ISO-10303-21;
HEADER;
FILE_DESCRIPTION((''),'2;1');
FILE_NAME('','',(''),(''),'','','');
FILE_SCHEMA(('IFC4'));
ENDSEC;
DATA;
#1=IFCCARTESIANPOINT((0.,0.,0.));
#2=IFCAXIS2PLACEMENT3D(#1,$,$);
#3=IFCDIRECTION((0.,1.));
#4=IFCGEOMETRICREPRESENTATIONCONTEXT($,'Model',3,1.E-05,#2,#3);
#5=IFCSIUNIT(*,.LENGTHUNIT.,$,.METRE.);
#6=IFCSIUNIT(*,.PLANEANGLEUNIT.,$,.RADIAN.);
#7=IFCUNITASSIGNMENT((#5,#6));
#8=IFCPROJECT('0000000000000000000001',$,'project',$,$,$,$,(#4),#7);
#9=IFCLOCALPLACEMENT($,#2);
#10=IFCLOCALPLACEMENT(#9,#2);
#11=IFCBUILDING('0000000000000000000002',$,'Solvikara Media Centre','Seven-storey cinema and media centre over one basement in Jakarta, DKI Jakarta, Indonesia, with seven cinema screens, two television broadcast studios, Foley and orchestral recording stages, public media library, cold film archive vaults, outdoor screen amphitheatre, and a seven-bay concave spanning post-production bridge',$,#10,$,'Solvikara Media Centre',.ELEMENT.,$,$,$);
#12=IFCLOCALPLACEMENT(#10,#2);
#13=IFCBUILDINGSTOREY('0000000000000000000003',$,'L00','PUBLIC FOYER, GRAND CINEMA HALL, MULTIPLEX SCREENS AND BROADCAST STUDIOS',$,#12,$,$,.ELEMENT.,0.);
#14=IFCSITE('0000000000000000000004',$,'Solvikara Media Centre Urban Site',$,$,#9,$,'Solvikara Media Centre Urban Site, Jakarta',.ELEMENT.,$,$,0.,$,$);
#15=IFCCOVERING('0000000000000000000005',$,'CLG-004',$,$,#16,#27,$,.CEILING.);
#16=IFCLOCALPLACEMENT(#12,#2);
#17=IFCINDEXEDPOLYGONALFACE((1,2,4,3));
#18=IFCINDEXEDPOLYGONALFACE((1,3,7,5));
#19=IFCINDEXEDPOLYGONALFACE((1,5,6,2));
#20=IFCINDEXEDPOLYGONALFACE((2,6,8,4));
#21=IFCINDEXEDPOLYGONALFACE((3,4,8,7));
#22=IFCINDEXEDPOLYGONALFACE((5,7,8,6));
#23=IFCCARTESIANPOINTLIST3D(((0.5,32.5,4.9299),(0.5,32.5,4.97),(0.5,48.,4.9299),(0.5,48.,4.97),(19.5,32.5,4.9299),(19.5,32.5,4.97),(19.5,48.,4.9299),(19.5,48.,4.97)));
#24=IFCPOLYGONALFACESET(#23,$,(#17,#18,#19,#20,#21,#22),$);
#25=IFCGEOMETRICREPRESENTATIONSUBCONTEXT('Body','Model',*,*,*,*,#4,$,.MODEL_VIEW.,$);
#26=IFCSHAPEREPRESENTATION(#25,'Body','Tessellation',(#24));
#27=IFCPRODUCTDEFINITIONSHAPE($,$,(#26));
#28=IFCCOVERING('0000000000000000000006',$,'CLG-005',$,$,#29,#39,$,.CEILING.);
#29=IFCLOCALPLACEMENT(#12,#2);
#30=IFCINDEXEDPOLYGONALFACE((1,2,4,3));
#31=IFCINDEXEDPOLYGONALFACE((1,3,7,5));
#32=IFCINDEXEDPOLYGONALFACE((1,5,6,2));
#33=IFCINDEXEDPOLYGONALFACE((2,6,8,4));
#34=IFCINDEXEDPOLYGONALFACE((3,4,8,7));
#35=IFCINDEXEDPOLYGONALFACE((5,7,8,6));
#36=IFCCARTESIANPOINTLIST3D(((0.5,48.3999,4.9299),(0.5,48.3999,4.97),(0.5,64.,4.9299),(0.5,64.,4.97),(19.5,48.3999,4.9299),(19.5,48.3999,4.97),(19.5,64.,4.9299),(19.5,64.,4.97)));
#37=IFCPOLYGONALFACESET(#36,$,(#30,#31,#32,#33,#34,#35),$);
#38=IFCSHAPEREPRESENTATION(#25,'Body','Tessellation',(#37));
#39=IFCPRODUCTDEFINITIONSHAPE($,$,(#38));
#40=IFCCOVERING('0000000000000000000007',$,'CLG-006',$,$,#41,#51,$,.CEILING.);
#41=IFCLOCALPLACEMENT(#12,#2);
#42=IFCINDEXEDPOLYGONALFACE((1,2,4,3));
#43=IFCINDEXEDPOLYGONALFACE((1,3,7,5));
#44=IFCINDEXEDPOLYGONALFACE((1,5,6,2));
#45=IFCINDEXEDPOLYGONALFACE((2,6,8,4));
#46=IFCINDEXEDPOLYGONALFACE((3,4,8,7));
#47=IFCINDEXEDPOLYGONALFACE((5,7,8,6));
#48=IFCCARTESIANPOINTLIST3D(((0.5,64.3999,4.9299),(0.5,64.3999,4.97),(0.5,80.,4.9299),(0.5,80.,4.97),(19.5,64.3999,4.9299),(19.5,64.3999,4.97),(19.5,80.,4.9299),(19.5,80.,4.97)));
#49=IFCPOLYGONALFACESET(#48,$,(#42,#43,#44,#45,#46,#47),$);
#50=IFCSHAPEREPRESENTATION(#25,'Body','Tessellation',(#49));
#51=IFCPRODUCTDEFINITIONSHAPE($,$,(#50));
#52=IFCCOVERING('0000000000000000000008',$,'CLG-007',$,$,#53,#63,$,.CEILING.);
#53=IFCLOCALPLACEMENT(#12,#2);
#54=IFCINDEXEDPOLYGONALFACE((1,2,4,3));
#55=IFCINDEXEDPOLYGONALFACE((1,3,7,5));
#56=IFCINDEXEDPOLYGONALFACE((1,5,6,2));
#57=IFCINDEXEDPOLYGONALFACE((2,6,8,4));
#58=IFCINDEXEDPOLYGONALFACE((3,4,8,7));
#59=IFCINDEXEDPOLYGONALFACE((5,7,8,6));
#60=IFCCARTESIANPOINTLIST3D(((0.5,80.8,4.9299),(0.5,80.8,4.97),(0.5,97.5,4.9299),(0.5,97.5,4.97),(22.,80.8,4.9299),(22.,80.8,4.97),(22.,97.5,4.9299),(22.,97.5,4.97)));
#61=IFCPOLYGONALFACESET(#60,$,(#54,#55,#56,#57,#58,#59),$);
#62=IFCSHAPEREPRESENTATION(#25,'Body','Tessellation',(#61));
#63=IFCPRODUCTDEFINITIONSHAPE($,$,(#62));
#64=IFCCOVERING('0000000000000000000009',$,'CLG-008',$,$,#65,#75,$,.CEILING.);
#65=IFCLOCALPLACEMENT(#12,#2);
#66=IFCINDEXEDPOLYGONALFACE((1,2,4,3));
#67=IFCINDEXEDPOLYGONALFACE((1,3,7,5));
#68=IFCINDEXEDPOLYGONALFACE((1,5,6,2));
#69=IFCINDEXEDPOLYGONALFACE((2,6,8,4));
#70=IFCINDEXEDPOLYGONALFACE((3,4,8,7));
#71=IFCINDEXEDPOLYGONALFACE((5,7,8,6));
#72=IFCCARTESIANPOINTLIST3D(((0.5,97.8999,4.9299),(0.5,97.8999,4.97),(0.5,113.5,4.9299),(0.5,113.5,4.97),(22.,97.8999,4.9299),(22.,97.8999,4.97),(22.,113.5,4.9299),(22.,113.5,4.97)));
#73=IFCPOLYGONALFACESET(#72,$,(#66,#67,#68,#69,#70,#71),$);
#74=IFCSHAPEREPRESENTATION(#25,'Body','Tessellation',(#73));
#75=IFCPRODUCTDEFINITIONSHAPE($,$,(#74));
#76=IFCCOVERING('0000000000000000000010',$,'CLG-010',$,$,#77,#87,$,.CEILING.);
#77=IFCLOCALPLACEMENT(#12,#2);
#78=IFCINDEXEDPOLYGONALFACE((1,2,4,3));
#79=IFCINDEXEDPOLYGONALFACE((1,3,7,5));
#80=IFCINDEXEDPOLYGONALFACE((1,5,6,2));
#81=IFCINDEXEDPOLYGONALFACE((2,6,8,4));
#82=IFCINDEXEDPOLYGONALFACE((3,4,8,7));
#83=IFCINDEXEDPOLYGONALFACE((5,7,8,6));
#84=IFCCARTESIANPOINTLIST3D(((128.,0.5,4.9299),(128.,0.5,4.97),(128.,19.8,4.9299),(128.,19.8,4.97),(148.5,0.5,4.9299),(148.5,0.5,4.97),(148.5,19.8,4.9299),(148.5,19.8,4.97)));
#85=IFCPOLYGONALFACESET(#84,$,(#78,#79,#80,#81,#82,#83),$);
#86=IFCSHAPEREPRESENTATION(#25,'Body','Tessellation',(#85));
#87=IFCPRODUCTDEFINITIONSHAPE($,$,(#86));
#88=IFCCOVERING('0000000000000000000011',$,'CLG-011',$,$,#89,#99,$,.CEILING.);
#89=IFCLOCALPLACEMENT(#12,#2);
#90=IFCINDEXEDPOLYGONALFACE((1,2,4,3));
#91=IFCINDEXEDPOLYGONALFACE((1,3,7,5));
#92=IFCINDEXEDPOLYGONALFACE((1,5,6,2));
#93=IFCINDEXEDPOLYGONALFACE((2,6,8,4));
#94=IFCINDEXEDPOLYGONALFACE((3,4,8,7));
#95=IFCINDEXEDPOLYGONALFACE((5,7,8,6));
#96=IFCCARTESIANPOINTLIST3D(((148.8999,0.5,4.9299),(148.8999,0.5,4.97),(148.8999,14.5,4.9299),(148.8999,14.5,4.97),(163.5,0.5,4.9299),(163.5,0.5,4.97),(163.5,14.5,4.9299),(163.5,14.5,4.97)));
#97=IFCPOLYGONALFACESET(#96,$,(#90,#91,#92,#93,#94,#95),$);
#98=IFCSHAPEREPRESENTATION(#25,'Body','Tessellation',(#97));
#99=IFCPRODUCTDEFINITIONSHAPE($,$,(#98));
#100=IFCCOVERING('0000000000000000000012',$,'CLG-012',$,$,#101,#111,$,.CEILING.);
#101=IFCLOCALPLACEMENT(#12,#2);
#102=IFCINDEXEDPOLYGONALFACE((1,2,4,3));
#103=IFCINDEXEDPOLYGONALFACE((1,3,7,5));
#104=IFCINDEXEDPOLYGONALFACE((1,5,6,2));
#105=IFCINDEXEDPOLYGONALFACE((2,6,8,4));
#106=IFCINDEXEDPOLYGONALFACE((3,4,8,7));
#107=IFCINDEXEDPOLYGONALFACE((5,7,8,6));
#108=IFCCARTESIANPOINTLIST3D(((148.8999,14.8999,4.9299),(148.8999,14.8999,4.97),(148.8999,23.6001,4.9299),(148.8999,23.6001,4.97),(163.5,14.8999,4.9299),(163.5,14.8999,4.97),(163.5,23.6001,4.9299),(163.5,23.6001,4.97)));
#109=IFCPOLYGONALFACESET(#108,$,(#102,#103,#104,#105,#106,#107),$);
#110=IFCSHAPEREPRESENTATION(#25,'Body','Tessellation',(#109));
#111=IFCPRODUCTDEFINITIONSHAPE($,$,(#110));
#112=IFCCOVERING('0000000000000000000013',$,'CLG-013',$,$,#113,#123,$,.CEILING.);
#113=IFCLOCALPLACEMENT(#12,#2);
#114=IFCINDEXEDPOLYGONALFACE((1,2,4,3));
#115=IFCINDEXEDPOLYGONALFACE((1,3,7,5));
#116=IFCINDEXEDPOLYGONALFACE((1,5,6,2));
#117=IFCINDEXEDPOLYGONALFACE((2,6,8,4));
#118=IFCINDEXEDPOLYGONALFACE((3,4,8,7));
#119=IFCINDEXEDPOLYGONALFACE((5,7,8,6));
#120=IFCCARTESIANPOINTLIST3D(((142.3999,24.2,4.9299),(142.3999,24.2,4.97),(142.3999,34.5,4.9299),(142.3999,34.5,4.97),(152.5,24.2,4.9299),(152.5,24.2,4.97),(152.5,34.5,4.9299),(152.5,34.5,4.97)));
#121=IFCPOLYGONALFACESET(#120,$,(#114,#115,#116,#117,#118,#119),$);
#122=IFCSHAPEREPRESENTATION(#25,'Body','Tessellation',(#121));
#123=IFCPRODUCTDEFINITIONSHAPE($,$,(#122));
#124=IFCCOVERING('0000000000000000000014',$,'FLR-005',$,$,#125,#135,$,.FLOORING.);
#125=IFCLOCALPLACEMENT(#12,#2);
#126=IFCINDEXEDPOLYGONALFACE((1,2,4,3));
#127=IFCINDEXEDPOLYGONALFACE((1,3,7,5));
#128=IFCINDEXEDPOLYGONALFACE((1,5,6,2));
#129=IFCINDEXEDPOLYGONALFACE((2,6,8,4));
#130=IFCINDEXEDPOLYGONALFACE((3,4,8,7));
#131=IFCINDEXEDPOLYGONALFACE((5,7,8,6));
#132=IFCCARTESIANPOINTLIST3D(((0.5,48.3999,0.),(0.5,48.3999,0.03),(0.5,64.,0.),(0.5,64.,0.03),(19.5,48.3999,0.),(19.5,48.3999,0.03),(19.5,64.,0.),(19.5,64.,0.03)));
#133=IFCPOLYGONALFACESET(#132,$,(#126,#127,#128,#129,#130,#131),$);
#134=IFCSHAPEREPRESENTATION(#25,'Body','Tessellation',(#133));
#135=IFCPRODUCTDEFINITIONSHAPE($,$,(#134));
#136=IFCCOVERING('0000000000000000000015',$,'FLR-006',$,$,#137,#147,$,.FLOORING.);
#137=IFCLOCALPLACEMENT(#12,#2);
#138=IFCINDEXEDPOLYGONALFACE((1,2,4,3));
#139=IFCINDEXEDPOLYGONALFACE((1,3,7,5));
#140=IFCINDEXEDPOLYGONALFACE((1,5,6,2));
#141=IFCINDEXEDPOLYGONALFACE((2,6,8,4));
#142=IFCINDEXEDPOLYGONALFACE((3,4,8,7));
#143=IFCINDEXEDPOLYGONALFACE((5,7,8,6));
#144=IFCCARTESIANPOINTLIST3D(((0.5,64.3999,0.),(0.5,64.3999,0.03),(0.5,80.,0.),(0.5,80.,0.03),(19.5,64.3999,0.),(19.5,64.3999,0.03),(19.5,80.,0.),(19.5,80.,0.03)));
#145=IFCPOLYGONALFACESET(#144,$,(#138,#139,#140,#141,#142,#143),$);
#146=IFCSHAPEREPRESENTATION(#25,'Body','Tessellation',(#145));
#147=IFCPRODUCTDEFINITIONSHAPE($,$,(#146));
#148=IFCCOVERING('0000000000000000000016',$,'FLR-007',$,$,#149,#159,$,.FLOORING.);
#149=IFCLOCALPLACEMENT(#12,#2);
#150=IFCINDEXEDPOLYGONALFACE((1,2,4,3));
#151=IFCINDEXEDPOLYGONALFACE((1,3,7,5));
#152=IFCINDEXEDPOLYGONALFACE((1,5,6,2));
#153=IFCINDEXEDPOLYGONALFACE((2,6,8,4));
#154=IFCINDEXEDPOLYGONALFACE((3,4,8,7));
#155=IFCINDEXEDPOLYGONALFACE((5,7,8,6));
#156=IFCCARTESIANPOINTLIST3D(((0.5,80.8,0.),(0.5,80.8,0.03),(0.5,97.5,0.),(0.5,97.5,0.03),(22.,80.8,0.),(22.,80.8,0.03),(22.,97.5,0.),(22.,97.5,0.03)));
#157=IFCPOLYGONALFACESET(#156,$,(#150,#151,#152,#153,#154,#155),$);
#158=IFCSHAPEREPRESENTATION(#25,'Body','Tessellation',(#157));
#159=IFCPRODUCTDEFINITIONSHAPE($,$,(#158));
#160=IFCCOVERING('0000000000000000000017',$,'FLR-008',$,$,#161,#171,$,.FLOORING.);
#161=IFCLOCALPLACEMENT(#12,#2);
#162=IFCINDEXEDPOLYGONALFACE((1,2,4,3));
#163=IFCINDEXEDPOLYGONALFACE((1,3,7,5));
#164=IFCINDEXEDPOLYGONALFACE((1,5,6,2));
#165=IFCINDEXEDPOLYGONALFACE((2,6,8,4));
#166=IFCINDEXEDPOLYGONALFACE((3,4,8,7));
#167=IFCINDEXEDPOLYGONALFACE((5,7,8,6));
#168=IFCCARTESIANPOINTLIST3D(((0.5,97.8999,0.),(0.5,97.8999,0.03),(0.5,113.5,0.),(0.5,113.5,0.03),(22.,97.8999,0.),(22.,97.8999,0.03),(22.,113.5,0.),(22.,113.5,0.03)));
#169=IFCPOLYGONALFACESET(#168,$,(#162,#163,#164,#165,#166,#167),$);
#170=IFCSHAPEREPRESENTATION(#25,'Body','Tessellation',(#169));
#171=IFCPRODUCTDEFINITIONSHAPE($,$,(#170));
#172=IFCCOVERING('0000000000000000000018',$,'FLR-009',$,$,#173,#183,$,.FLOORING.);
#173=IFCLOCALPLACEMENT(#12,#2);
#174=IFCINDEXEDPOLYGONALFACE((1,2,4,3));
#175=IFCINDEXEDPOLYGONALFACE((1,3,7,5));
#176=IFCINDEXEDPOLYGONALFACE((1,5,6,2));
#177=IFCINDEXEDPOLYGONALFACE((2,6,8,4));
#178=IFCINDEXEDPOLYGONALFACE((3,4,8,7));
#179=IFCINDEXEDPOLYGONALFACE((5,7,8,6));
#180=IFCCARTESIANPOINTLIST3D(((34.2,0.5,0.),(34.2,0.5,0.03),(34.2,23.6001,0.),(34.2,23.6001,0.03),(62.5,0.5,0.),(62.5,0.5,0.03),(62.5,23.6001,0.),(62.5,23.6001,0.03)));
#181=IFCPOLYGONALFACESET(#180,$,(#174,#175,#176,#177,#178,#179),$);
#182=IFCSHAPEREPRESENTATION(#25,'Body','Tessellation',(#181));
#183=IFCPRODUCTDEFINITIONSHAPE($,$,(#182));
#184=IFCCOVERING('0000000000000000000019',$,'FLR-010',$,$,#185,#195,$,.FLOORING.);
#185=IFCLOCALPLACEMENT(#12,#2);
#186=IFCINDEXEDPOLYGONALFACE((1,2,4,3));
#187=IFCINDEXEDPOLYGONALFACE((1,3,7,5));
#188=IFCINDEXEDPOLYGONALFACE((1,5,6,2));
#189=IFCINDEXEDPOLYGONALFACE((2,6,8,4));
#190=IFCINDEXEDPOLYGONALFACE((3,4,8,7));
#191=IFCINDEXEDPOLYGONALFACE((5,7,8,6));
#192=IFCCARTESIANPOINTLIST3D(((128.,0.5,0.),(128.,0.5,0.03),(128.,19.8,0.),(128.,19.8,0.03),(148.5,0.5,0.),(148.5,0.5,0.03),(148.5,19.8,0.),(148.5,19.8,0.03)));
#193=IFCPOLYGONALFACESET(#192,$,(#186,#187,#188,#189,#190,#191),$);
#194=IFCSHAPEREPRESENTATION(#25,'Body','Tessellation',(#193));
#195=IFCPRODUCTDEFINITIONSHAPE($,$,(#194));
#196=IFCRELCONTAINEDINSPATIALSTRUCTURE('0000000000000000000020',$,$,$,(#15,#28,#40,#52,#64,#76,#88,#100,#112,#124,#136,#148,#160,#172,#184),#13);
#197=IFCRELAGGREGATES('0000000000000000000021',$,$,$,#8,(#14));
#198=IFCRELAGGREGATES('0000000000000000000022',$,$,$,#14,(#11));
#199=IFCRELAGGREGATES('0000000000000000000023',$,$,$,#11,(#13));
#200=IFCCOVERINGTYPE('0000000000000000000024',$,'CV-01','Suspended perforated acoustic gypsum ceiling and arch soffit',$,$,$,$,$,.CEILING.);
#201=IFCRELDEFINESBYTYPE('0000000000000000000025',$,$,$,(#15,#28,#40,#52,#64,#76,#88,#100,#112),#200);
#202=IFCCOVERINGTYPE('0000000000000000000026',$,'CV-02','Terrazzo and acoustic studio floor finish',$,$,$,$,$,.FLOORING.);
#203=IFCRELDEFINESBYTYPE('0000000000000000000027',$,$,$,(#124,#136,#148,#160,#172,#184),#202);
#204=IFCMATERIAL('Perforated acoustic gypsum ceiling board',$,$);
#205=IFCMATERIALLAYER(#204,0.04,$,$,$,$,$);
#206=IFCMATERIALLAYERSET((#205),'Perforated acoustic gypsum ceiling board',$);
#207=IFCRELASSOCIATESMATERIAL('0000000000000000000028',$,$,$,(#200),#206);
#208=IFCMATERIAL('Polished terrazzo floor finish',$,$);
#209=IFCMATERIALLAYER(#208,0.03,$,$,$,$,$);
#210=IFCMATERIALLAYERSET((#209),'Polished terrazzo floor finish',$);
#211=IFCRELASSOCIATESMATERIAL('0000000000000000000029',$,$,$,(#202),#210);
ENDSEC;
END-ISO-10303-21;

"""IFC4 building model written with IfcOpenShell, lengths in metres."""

from ifc_helpers import new_model, si_unit, direction, frame, origin, place, context, subcontext, project, spatial, polyline, outline, extrude, material, layer, layer_set, type_object, element, save


model = new_model("IFC4")

# Units and contexts
model_context = context("Model", 3, precision=1e-05, world=origin(), true_north=direction((0.0, 1.0)))
body_context = subcontext(model_context, "Body", "Model", "MODEL_VIEW")
ifc_project = project(units=[si_unit("LENGTHUNIT", "METRE"), si_unit("PLANEANGLEUNIT", "RADIAN")], contexts=[model_context])

# Site, building, storey
site_placement = place(None, origin())
site = spatial("IfcSite", under=ifc_project, at=site_placement, Name="Solvikara Media Centre Urban Site", LongName="Solvikara Media Centre Urban Site, Jakarta", CompositionType="ELEMENT", RefElevation=0.0)
building_placement = place(site_placement, origin())
building = spatial("IfcBuilding", under=site, at=building_placement, Name="Solvikara Media Centre", Description="Seven-storey cinema and media centre over one basement in Jakarta, DKI Jakarta, Indonesia, with seven cinema screens, two television broadcast studios, Foley and orchestral recording stages, public media library, cold film archive vaults, outdoor screen amphitheatre, and a seven-bay concave spanning post-production bridge", LongName="Solvikara Media Centre", CompositionType="ELEMENT")
storey_placement = place(building_placement, origin())
storey = spatial("IfcBuildingStorey", under=building, at=storey_placement, Name="L00", Description="PUBLIC FOYER, GRAND CINEMA HALL, MULTIPLEX SCREENS AND BROADCAST STUDIOS", CompositionType="ELEMENT", Elevation=0.0)

# Coverings
ifc_material_1 = material(Name="Perforated acoustic gypsum ceiling board")
ifc_layer_1 = layer(ifc_material_1, 0.04)
ifc_layer_set_1 = layer_set([ifc_layer_1], Name="Perforated acoustic gypsum ceiling board")
covering_type_1 = type_object("IfcCoveringType", Name="CV-01", Description="Suspended perforated acoustic gypsum ceiling and arch soffit", PredefinedType="CEILING", material=ifc_layer_set_1)
covering_1_placement = place(storey_placement, frame((0.0, 0.0, 4.9299)))
element("IfcCovering", 1, at=covering_1_placement, inside=storey, type_object=covering_type_1, Name="CLG-004", PredefinedType="CEILING", context=body_context, shape_type="SweptSolid", body=[
    extrude(outline(polyline([(0.5, 32.5), (19.5, 32.5), (19.5, 48.0), (0.5, 48.0), (0.5, 32.5)])), origin(), (0.0, 0.0, 1.0), 0.04),
])
covering_2_placement = place(storey_placement, frame((0.0, 0.0, 4.9299)))
element("IfcCovering", 2, at=covering_2_placement, inside=storey, type_object=covering_type_1, Name="CLG-005", PredefinedType="CEILING", context=body_context, shape_type="SweptSolid", body=[
    extrude(outline(polyline([(0.5, 48.3999), (19.5, 48.3999), (19.5, 64.0), (0.5, 64.0), (0.5, 48.3999)])), origin(), (0.0, 0.0, 1.0), 0.04),
])
covering_3_placement = place(storey_placement, frame((0.0, 0.0, 4.9299)))
element("IfcCovering", 3, at=covering_3_placement, inside=storey, type_object=covering_type_1, Name="CLG-006", PredefinedType="CEILING", context=body_context, shape_type="SweptSolid", body=[
    extrude(outline(polyline([(0.5, 64.3999), (19.5, 64.3999), (19.5, 80.0), (0.5, 80.0), (0.5, 64.3999)])), origin(), (0.0, 0.0, 1.0), 0.04),
])
covering_4_placement = place(storey_placement, frame((0.0, 0.0, 4.9299)))
element("IfcCovering", 4, at=covering_4_placement, inside=storey, type_object=covering_type_1, Name="CLG-007", PredefinedType="CEILING", context=body_context, shape_type="SweptSolid", body=[
    extrude(outline(polyline([(0.5, 80.8), (22.0, 80.8), (22.0, 97.5), (0.5, 97.5), (0.5, 80.8)])), origin(), (0.0, 0.0, 1.0), 0.04),
])
covering_5_placement = place(storey_placement, frame((0.0, 0.0, 4.9299)))
element("IfcCovering", 5, at=covering_5_placement, inside=storey, type_object=covering_type_1, Name="CLG-008", PredefinedType="CEILING", context=body_context, shape_type="SweptSolid", body=[
    extrude(outline(polyline([(0.5, 97.8999), (22.0, 97.8999), (22.0, 113.5), (0.5, 113.5), (0.5, 97.8999)])), origin(), (0.0, 0.0, 1.0), 0.04),
])
covering_6_placement = place(storey_placement, frame((0.0, 0.0, 4.9299)))
element("IfcCovering", 6, at=covering_6_placement, inside=storey, type_object=covering_type_1, Name="CLG-010", PredefinedType="CEILING", context=body_context, shape_type="SweptSolid", body=[
    extrude(outline(polyline([(128.0, 0.5), (148.5, 0.5), (148.5, 19.8), (128.0, 19.8), (128.0, 0.5)])), origin(), (0.0, 0.0, 1.0), 0.04),
])
covering_7_placement = place(storey_placement, frame((0.0, 0.0, 4.9299)))
element("IfcCovering", 7, at=covering_7_placement, inside=storey, type_object=covering_type_1, Name="CLG-011", PredefinedType="CEILING", context=body_context, shape_type="SweptSolid", body=[
    extrude(outline(polyline([(148.8999, 0.5), (163.5, 0.5), (163.5, 14.5), (148.8999, 14.5), (148.8999, 0.5)])), origin(), (0.0, 0.0, 1.0), 0.04),
])
covering_8_placement = place(storey_placement, frame((0.0, 0.0, 4.9299)))
element("IfcCovering", 8, at=covering_8_placement, inside=storey, type_object=covering_type_1, Name="CLG-012", PredefinedType="CEILING", context=body_context, shape_type="SweptSolid", body=[
    extrude(outline(polyline([(148.8999, 14.8999), (163.5, 14.8999), (163.5, 23.6001), (148.8999, 23.6001), (148.8999, 14.8999)])), origin(), (0.0, 0.0, 1.0), 0.04),
])
covering_9_placement = place(storey_placement, frame((0.0, 0.0, 4.9299)))
element("IfcCovering", 9, at=covering_9_placement, inside=storey, type_object=covering_type_1, Name="CLG-013", PredefinedType="CEILING", context=body_context, shape_type="SweptSolid", body=[
    extrude(outline(polyline([(142.3999, 24.2), (152.5, 24.2), (152.5, 34.5), (142.3999, 34.5), (142.3999, 24.2)])), origin(), (0.0, 0.0, 1.0), 0.04),
])
ifc_material_2 = material(Name="Polished terrazzo floor finish")
ifc_layer_2 = layer(ifc_material_2, 0.03)
ifc_layer_set_2 = layer_set([ifc_layer_2], Name="Polished terrazzo floor finish")
covering_type_2 = type_object("IfcCoveringType", Name="CV-02", Description="Terrazzo and acoustic studio floor finish", PredefinedType="FLOORING", material=ifc_layer_set_2)
covering_10_placement = place(storey_placement, origin())
element("IfcCovering", 10, at=covering_10_placement, inside=storey, type_object=covering_type_2, Name="FLR-005", PredefinedType="FLOORING", context=body_context, shape_type="SweptSolid", body=[
    extrude(outline(polyline([(0.5, 48.3999), (19.5, 48.3999), (19.5, 64.0), (0.5, 64.0), (0.5, 48.3999)])), origin(), (0.0, 0.0, 1.0), 0.03),
])
covering_11_placement = place(storey_placement, origin())
element("IfcCovering", 11, at=covering_11_placement, inside=storey, type_object=covering_type_2, Name="FLR-006", PredefinedType="FLOORING", context=body_context, shape_type="SweptSolid", body=[
    extrude(outline(polyline([(0.5, 64.3999), (19.5, 64.3999), (19.5, 80.0), (0.5, 80.0), (0.5, 64.3999)])), origin(), (0.0, 0.0, 1.0), 0.03),
])
covering_12_placement = place(storey_placement, origin())
element("IfcCovering", 12, at=covering_12_placement, inside=storey, type_object=covering_type_2, Name="FLR-007", PredefinedType="FLOORING", context=body_context, shape_type="SweptSolid", body=[
    extrude(outline(polyline([(0.5, 80.8), (22.0, 80.8), (22.0, 97.5), (0.5, 97.5), (0.5, 80.8)])), origin(), (0.0, 0.0, 1.0), 0.03),
])
covering_13_placement = place(storey_placement, origin())
element("IfcCovering", 13, at=covering_13_placement, inside=storey, type_object=covering_type_2, Name="FLR-008", PredefinedType="FLOORING", context=body_context, shape_type="SweptSolid", body=[
    extrude(outline(polyline([(0.5, 97.8999), (22.0, 97.8999), (22.0, 113.5), (0.5, 113.5), (0.5, 97.8999)])), origin(), (0.0, 0.0, 1.0), 0.03),
])
covering_14_placement = place(storey_placement, origin())
element("IfcCovering", 14, at=covering_14_placement, inside=storey, type_object=covering_type_2, Name="FLR-009", PredefinedType="FLOORING", context=body_context, shape_type="SweptSolid", body=[
    extrude(outline(polyline([(34.2, 0.5), (62.5, 0.5), (62.5, 23.6001), (34.2, 23.6001), (34.2, 0.5)])), origin(), (0.0, 0.0, 1.0), 0.03),
])
covering_15_placement = place(storey_placement, origin())
element("IfcCovering", 15, at=covering_15_placement, inside=storey, type_object=covering_type_2, Name="FLR-010", PredefinedType="FLOORING", context=body_context, shape_type="SweptSolid", body=[
    extrude(outline(polyline([(128.0, 0.5), (148.5, 0.5), (148.5, 19.8), (128.0, 19.8), (128.0, 0.5)])), origin(), (0.0, 0.0, 1.0), 0.03),
])

save(model, "model.ifc")
